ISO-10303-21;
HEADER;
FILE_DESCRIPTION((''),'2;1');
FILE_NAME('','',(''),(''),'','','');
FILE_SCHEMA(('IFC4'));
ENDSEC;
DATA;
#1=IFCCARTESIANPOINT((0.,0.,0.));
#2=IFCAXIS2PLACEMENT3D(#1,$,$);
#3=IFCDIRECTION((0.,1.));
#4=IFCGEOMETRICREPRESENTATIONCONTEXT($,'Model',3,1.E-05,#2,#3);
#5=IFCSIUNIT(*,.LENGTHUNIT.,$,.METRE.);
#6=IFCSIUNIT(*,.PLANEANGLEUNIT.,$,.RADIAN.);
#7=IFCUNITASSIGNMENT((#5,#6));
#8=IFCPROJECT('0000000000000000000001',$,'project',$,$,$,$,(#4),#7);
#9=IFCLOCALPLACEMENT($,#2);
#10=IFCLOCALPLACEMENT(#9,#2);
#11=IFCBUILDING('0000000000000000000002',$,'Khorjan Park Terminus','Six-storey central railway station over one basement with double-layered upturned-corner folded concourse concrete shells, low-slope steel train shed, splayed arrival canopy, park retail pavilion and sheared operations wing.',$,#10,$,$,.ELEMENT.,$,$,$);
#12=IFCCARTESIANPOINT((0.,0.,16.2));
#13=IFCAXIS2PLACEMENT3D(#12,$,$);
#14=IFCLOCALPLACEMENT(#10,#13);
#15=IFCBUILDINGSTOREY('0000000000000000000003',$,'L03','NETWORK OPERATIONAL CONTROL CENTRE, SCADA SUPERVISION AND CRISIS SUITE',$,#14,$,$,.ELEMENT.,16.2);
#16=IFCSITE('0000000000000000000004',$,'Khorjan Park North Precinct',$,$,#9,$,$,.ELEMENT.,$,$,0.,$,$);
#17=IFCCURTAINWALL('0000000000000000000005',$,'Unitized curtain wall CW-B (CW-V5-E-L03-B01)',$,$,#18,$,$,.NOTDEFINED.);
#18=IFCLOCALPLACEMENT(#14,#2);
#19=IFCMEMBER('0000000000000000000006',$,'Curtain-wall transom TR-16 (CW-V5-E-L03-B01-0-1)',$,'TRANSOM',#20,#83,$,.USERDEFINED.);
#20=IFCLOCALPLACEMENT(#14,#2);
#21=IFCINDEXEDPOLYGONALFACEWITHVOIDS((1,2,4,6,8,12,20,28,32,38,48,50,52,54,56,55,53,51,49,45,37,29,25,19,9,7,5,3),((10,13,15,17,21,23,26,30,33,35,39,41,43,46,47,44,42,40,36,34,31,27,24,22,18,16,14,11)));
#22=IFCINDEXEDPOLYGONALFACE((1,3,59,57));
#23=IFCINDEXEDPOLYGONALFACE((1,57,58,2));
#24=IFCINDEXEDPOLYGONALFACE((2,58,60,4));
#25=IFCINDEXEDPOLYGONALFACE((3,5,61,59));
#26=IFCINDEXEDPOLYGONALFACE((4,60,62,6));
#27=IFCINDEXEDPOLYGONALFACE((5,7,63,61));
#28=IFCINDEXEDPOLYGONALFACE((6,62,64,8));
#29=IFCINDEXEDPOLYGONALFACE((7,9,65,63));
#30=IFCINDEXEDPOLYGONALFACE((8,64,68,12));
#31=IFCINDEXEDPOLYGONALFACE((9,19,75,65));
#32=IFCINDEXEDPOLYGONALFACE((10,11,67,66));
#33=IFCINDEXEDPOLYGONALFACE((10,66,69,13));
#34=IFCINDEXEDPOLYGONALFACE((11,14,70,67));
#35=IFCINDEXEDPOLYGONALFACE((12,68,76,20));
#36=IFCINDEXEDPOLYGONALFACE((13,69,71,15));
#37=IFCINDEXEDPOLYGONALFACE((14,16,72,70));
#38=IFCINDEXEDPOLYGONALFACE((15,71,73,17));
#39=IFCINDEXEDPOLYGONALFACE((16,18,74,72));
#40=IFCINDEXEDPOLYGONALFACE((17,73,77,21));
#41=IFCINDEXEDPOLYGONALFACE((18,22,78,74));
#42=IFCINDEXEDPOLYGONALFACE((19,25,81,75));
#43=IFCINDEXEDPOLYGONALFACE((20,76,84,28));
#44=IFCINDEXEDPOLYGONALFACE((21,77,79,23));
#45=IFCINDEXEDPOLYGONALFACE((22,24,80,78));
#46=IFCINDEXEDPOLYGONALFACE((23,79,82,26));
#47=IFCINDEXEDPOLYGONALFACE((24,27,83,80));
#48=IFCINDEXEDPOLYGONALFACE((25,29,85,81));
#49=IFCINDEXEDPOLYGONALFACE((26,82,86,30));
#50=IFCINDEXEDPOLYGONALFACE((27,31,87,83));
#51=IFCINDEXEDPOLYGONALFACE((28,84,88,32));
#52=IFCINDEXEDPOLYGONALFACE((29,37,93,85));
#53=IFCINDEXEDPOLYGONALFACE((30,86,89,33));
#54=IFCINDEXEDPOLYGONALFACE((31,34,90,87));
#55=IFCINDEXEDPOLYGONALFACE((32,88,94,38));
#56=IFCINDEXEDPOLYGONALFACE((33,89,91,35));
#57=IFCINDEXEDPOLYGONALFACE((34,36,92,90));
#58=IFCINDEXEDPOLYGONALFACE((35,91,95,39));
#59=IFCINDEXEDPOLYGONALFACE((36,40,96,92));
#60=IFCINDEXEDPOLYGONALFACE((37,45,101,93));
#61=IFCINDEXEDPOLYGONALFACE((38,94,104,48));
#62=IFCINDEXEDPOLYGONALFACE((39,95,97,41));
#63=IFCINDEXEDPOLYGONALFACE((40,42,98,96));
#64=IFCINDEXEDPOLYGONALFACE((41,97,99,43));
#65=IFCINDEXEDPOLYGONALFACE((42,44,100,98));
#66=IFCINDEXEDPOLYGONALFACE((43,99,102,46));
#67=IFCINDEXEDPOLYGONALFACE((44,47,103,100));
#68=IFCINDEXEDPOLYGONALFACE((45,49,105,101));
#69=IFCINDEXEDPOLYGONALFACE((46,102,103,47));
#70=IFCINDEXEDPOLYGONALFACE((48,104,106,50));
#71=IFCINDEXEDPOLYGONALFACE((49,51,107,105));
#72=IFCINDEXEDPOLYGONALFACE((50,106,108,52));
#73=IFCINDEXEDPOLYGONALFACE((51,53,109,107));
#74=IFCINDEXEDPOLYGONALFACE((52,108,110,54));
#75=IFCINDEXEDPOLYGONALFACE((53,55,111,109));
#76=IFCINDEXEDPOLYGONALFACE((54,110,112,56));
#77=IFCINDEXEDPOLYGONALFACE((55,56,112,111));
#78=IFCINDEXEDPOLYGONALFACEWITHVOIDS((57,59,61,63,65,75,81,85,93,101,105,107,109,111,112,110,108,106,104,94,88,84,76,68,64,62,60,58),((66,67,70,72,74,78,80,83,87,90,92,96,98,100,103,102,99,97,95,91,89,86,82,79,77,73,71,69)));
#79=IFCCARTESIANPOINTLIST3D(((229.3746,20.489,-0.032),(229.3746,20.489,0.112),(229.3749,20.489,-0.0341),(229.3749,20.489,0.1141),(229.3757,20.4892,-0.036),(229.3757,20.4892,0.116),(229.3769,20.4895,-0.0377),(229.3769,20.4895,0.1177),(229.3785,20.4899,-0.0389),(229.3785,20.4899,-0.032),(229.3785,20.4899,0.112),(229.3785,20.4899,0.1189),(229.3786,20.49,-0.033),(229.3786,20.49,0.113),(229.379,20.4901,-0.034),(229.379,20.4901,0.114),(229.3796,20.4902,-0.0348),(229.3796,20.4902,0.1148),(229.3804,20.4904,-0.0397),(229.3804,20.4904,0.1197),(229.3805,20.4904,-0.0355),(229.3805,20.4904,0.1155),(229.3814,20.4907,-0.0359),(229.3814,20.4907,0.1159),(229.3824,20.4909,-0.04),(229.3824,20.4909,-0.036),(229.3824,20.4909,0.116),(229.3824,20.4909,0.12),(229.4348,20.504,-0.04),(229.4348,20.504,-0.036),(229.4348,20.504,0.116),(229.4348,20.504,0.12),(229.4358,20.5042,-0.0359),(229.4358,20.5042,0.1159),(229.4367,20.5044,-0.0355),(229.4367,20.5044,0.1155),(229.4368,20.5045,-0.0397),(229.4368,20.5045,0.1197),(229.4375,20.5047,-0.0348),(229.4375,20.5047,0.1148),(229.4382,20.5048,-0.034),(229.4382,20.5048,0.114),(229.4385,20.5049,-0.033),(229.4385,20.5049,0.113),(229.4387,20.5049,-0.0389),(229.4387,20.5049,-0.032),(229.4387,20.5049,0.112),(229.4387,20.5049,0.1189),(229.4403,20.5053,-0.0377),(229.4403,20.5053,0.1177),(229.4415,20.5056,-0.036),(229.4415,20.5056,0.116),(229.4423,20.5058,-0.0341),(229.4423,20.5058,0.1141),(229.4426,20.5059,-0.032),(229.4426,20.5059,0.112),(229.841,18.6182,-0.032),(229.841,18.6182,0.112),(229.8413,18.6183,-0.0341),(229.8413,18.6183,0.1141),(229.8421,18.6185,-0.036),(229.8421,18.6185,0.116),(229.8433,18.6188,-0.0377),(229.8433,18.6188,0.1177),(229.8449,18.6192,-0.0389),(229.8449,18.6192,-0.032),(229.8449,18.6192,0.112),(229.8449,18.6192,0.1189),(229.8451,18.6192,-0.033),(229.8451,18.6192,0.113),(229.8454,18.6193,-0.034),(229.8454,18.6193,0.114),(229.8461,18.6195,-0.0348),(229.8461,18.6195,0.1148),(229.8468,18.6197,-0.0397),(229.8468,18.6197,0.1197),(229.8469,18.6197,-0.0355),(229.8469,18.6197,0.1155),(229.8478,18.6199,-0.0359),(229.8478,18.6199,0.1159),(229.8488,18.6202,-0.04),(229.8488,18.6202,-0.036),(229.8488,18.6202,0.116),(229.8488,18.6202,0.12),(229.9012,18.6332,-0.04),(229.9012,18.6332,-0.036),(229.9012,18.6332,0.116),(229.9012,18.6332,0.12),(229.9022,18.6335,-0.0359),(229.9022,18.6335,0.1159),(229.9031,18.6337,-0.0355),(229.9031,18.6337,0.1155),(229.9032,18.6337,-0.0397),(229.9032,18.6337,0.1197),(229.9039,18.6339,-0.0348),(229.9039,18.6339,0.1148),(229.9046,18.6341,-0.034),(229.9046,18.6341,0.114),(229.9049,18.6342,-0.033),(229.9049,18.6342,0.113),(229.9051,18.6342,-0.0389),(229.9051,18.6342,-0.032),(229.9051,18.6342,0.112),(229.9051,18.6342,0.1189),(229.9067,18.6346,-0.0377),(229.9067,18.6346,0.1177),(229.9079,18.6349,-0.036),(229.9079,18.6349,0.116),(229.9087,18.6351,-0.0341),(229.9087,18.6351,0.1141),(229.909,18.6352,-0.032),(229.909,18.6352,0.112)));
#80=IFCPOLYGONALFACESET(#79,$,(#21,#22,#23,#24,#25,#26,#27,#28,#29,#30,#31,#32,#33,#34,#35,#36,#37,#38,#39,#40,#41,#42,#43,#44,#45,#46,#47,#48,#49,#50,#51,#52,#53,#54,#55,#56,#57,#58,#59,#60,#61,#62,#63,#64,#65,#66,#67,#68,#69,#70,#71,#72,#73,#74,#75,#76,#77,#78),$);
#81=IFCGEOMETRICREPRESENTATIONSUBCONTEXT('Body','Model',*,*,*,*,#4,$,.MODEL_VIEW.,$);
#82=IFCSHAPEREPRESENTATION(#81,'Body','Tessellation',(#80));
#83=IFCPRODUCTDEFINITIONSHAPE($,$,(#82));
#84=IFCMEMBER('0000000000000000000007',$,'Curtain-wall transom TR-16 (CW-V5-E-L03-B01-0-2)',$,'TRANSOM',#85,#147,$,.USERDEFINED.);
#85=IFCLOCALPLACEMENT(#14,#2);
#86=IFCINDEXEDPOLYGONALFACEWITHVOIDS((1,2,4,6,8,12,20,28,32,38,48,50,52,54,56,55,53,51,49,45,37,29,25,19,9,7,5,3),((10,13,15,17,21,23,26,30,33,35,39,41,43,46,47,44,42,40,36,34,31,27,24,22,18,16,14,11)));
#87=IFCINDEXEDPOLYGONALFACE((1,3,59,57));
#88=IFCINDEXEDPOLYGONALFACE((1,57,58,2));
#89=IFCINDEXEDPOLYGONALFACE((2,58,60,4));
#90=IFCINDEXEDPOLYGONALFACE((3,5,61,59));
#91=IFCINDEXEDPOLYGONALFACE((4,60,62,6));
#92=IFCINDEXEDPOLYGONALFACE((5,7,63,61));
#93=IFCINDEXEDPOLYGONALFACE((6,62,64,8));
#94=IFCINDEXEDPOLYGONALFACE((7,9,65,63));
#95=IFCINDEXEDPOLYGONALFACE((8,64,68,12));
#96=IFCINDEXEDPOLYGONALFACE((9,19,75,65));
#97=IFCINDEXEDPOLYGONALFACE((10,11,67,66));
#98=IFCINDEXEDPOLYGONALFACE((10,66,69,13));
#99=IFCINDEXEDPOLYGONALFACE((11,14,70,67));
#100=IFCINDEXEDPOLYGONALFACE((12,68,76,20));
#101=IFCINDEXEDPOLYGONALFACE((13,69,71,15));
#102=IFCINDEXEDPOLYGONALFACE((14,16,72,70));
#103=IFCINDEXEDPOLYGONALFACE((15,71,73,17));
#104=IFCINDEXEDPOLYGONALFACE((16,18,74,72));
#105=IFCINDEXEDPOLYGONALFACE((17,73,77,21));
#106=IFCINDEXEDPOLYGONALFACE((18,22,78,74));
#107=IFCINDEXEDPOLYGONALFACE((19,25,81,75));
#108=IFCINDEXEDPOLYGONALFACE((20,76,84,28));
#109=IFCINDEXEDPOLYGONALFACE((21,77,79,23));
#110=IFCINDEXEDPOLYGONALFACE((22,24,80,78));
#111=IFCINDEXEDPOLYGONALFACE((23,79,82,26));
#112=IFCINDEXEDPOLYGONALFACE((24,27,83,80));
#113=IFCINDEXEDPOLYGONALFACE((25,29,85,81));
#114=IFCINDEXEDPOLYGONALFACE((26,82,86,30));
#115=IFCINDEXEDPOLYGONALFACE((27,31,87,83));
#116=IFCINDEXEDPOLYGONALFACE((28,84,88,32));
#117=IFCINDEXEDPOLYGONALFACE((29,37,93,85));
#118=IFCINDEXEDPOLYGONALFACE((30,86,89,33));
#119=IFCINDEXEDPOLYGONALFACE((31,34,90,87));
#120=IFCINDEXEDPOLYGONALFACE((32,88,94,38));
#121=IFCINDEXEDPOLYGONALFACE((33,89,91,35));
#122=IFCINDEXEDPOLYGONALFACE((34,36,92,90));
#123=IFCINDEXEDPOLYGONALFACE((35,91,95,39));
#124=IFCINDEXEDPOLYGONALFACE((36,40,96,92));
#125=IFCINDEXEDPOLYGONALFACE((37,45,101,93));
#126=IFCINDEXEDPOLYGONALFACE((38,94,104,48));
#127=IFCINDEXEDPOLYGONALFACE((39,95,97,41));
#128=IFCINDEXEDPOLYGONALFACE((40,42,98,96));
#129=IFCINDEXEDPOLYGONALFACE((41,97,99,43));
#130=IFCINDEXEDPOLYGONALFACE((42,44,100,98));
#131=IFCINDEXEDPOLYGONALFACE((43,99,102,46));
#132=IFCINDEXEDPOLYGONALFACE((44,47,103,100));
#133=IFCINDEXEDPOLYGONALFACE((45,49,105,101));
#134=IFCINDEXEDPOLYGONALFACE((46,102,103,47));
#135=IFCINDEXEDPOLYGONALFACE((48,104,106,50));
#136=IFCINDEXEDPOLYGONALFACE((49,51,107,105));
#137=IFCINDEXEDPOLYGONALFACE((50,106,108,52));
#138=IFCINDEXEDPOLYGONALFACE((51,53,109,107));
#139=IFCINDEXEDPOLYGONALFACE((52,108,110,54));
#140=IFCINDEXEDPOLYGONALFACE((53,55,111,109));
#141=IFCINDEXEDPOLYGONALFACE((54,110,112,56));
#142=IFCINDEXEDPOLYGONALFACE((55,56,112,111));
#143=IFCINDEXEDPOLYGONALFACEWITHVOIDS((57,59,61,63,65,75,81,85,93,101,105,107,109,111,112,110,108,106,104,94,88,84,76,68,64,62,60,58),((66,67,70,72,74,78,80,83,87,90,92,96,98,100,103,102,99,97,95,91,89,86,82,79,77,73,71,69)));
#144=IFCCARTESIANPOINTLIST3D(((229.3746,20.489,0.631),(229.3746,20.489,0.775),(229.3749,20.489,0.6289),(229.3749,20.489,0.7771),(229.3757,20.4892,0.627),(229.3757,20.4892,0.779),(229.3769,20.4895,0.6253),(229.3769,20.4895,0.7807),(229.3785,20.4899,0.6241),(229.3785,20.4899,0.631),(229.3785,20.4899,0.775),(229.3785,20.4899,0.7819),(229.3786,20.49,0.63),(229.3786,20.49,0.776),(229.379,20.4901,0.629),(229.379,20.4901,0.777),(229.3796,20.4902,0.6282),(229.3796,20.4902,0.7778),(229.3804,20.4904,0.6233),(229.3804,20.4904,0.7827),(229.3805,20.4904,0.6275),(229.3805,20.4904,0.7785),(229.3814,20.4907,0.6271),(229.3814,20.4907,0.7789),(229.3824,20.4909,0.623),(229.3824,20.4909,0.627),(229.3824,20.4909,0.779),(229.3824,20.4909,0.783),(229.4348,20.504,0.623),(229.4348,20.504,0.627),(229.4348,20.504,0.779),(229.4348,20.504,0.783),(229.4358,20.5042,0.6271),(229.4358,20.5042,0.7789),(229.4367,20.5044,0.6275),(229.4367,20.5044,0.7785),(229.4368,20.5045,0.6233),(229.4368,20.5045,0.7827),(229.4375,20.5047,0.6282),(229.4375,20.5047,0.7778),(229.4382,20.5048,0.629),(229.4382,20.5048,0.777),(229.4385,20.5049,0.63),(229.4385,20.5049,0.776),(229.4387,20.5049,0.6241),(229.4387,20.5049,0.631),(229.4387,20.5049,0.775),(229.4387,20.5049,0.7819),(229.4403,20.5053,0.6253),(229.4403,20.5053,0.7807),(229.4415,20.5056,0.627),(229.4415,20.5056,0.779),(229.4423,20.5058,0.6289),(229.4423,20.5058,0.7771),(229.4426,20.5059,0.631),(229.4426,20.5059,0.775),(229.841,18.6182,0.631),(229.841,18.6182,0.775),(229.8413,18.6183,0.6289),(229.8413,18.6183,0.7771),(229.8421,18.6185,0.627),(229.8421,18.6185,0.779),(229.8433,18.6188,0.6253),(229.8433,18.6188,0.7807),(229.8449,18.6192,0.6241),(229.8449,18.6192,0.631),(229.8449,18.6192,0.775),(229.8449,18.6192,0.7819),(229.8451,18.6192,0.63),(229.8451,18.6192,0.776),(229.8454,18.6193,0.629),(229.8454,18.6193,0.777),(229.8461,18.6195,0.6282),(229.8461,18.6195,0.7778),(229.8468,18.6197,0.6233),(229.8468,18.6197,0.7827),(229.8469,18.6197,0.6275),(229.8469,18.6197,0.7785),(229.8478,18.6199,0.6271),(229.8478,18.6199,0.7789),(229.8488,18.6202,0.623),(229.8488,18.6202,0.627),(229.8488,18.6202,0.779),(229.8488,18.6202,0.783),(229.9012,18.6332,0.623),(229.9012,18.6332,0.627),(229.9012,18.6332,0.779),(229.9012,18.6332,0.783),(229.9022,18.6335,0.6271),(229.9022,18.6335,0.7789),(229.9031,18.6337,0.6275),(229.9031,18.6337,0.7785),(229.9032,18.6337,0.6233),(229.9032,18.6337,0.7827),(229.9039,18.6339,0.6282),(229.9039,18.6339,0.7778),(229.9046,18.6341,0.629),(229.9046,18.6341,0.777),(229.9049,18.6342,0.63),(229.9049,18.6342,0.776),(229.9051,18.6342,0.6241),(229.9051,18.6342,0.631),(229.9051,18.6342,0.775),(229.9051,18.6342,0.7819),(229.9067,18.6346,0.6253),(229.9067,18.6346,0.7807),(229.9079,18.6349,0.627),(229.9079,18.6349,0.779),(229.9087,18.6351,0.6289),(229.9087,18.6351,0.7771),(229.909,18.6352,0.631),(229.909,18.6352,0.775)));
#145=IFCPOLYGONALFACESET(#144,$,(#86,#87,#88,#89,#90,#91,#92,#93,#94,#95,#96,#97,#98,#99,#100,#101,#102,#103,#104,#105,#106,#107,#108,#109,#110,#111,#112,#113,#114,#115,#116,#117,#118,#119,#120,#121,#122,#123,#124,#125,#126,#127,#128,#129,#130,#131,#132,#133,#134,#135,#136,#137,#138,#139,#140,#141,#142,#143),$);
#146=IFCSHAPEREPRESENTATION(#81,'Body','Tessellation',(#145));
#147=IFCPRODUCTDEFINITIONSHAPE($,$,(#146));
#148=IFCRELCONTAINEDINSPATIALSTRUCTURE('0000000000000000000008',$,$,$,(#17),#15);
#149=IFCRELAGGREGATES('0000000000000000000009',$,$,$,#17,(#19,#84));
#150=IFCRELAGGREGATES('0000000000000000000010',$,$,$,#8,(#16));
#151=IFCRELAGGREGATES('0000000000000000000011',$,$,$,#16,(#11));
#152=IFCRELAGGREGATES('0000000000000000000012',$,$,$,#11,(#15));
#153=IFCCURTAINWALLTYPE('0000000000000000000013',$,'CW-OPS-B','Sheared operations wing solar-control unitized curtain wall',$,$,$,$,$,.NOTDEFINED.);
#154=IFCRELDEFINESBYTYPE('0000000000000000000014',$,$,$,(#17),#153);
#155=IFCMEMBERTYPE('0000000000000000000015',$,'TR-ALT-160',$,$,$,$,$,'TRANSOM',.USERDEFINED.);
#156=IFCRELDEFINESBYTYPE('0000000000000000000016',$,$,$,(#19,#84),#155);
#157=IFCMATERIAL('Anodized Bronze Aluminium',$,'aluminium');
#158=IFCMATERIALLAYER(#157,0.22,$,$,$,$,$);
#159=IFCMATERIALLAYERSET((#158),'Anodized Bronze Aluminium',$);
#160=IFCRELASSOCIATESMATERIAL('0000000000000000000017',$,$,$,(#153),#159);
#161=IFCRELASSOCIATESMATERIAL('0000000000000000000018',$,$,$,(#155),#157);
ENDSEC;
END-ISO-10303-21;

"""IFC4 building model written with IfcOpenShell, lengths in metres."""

from ifc_helpers import new_model, si_unit, direction, frame, origin, origin_2d, place, context, subcontext, project, spatial, hollow_rectangle, extrude, material, layer, layer_set, material_profile, profile_set, type_object, element, aggregate, save


model = new_model("IFC4")

# Units and contexts
model_context = context("Model", 3, precision=1e-05, world=origin(), true_north=direction((0.0, 1.0)))
body_context = subcontext(model_context, "Body", "Model", "MODEL_VIEW")
ifc_project = project(units=[si_unit("LENGTHUNIT", "METRE"), si_unit("PLANEANGLEUNIT", "RADIAN")], contexts=[model_context])

# Site, building, storey
site_placement = place(None, origin())
site = spatial("IfcSite", under=ifc_project, at=site_placement, Name="Khorjan Park North Precinct", CompositionType="ELEMENT", RefElevation=0.0)
building_placement = place(site_placement, origin())
building = spatial("IfcBuilding", under=site, at=building_placement, Name="Khorjan Park Terminus", Description="Six-storey central railway station over one basement with double-layered upturned-corner folded concourse concrete shells, low-slope steel train shed, splayed arrival canopy, park retail pavilion and sheared operations wing.", CompositionType="ELEMENT")
storey_placement = place(building_placement, frame((0.0, 0.0, 16.2)))
storey = spatial("IfcBuildingStorey", under=building, at=storey_placement, Name="L03", Description="NETWORK OPERATIONAL CONTROL CENTRE, SCADA SUPERVISION AND CRISIS SUITE", CompositionType="ELEMENT", Elevation=16.2)

# Curtain wall
ifc_material_1 = material(Name="Anodized Bronze Aluminium", Category="aluminium")
ifc_layer_1 = layer(ifc_material_1, 0.22)
ifc_layer_set_1 = layer_set([ifc_layer_1], Name="Anodized Bronze Aluminium")
curtain_wall_type = type_object("IfcCurtainWallType", Name="CW-OPS-B", Description="Sheared operations wing solar-control unitized curtain wall", PredefinedType="NOTDEFINED", material=ifc_layer_set_1)
curtain_wall_1_placement = place(storey_placement, origin())
curtain_wall_1 = element("IfcCurtainWall", 1, at=curtain_wall_1_placement, inside=storey, type_object=curtain_wall_type, Name="Unitized curtain wall CW-B (CW-V5-E-L03-B01)", PredefinedType="NOTDEFINED")

# Members
ifc_material_profile_1 = material_profile(ifc_material_1, hollow_rectangle(XDim=0.07, YDim=0.16, WallThickness=0.004, InnerFilletRadius=0.004, OuterFilletRadius=0.008, at=origin_2d()), Name="ALT 70x160x4")
ifc_profile_set_1 = profile_set([ifc_material_profile_1], Name="Anodized Bronze Aluminium")
member_type_1 = type_object("IfcMemberType", Name="TR-ALT-160", ElementType="TRANSOM", PredefinedType="USERDEFINED", material=ifc_profile_set_1)
member_1_placement = place(storey_placement, frame((229.875, 18.6267, 0.04), z_axis=(-0.241913, 0.970298, 0.0), x_axis=(-0.970298, -0.241913, 0.0)))
member_1 = element("IfcMember", 2, at=member_1_placement, type_object=member_type_1, Name="Curtain-wall transom TR-16 (CW-V5-E-L03-B01-0-1)", ObjectType="TRANSOM", PredefinedType="USERDEFINED", context=body_context, shape_type="SweptSolid", body=[
    extrude(hollow_rectangle(XDim=0.07, YDim=0.16, WallThickness=0.004, InnerFilletRadius=0.004, OuterFilletRadius=0.008, at=origin_2d()), origin(), (0.0, 0.0, 1.0), 1.928),
])
member_2_placement = place(storey_placement, frame((229.875, 18.6267, 0.703), z_axis=(-0.241913, 0.970298, 0.0), x_axis=(-0.970298, -0.241913, 0.0)))
member_2 = element("IfcMember", 3, at=member_2_placement, type_object=member_type_1, Name="Curtain-wall transom TR-16 (CW-V5-E-L03-B01-0-2)", ObjectType="TRANSOM", PredefinedType="USERDEFINED", context=body_context, shape_type="SweptSolid", body=[
    extrude(hollow_rectangle(XDim=0.07, YDim=0.16, WallThickness=0.004, InnerFilletRadius=0.004, OuterFilletRadius=0.008, at=origin_2d()), origin(), (0.0, 0.0, 1.0), 1.928),
])

aggregate(curtain_wall_1, [member_1, member_2])

save(model, "model.ifc")
